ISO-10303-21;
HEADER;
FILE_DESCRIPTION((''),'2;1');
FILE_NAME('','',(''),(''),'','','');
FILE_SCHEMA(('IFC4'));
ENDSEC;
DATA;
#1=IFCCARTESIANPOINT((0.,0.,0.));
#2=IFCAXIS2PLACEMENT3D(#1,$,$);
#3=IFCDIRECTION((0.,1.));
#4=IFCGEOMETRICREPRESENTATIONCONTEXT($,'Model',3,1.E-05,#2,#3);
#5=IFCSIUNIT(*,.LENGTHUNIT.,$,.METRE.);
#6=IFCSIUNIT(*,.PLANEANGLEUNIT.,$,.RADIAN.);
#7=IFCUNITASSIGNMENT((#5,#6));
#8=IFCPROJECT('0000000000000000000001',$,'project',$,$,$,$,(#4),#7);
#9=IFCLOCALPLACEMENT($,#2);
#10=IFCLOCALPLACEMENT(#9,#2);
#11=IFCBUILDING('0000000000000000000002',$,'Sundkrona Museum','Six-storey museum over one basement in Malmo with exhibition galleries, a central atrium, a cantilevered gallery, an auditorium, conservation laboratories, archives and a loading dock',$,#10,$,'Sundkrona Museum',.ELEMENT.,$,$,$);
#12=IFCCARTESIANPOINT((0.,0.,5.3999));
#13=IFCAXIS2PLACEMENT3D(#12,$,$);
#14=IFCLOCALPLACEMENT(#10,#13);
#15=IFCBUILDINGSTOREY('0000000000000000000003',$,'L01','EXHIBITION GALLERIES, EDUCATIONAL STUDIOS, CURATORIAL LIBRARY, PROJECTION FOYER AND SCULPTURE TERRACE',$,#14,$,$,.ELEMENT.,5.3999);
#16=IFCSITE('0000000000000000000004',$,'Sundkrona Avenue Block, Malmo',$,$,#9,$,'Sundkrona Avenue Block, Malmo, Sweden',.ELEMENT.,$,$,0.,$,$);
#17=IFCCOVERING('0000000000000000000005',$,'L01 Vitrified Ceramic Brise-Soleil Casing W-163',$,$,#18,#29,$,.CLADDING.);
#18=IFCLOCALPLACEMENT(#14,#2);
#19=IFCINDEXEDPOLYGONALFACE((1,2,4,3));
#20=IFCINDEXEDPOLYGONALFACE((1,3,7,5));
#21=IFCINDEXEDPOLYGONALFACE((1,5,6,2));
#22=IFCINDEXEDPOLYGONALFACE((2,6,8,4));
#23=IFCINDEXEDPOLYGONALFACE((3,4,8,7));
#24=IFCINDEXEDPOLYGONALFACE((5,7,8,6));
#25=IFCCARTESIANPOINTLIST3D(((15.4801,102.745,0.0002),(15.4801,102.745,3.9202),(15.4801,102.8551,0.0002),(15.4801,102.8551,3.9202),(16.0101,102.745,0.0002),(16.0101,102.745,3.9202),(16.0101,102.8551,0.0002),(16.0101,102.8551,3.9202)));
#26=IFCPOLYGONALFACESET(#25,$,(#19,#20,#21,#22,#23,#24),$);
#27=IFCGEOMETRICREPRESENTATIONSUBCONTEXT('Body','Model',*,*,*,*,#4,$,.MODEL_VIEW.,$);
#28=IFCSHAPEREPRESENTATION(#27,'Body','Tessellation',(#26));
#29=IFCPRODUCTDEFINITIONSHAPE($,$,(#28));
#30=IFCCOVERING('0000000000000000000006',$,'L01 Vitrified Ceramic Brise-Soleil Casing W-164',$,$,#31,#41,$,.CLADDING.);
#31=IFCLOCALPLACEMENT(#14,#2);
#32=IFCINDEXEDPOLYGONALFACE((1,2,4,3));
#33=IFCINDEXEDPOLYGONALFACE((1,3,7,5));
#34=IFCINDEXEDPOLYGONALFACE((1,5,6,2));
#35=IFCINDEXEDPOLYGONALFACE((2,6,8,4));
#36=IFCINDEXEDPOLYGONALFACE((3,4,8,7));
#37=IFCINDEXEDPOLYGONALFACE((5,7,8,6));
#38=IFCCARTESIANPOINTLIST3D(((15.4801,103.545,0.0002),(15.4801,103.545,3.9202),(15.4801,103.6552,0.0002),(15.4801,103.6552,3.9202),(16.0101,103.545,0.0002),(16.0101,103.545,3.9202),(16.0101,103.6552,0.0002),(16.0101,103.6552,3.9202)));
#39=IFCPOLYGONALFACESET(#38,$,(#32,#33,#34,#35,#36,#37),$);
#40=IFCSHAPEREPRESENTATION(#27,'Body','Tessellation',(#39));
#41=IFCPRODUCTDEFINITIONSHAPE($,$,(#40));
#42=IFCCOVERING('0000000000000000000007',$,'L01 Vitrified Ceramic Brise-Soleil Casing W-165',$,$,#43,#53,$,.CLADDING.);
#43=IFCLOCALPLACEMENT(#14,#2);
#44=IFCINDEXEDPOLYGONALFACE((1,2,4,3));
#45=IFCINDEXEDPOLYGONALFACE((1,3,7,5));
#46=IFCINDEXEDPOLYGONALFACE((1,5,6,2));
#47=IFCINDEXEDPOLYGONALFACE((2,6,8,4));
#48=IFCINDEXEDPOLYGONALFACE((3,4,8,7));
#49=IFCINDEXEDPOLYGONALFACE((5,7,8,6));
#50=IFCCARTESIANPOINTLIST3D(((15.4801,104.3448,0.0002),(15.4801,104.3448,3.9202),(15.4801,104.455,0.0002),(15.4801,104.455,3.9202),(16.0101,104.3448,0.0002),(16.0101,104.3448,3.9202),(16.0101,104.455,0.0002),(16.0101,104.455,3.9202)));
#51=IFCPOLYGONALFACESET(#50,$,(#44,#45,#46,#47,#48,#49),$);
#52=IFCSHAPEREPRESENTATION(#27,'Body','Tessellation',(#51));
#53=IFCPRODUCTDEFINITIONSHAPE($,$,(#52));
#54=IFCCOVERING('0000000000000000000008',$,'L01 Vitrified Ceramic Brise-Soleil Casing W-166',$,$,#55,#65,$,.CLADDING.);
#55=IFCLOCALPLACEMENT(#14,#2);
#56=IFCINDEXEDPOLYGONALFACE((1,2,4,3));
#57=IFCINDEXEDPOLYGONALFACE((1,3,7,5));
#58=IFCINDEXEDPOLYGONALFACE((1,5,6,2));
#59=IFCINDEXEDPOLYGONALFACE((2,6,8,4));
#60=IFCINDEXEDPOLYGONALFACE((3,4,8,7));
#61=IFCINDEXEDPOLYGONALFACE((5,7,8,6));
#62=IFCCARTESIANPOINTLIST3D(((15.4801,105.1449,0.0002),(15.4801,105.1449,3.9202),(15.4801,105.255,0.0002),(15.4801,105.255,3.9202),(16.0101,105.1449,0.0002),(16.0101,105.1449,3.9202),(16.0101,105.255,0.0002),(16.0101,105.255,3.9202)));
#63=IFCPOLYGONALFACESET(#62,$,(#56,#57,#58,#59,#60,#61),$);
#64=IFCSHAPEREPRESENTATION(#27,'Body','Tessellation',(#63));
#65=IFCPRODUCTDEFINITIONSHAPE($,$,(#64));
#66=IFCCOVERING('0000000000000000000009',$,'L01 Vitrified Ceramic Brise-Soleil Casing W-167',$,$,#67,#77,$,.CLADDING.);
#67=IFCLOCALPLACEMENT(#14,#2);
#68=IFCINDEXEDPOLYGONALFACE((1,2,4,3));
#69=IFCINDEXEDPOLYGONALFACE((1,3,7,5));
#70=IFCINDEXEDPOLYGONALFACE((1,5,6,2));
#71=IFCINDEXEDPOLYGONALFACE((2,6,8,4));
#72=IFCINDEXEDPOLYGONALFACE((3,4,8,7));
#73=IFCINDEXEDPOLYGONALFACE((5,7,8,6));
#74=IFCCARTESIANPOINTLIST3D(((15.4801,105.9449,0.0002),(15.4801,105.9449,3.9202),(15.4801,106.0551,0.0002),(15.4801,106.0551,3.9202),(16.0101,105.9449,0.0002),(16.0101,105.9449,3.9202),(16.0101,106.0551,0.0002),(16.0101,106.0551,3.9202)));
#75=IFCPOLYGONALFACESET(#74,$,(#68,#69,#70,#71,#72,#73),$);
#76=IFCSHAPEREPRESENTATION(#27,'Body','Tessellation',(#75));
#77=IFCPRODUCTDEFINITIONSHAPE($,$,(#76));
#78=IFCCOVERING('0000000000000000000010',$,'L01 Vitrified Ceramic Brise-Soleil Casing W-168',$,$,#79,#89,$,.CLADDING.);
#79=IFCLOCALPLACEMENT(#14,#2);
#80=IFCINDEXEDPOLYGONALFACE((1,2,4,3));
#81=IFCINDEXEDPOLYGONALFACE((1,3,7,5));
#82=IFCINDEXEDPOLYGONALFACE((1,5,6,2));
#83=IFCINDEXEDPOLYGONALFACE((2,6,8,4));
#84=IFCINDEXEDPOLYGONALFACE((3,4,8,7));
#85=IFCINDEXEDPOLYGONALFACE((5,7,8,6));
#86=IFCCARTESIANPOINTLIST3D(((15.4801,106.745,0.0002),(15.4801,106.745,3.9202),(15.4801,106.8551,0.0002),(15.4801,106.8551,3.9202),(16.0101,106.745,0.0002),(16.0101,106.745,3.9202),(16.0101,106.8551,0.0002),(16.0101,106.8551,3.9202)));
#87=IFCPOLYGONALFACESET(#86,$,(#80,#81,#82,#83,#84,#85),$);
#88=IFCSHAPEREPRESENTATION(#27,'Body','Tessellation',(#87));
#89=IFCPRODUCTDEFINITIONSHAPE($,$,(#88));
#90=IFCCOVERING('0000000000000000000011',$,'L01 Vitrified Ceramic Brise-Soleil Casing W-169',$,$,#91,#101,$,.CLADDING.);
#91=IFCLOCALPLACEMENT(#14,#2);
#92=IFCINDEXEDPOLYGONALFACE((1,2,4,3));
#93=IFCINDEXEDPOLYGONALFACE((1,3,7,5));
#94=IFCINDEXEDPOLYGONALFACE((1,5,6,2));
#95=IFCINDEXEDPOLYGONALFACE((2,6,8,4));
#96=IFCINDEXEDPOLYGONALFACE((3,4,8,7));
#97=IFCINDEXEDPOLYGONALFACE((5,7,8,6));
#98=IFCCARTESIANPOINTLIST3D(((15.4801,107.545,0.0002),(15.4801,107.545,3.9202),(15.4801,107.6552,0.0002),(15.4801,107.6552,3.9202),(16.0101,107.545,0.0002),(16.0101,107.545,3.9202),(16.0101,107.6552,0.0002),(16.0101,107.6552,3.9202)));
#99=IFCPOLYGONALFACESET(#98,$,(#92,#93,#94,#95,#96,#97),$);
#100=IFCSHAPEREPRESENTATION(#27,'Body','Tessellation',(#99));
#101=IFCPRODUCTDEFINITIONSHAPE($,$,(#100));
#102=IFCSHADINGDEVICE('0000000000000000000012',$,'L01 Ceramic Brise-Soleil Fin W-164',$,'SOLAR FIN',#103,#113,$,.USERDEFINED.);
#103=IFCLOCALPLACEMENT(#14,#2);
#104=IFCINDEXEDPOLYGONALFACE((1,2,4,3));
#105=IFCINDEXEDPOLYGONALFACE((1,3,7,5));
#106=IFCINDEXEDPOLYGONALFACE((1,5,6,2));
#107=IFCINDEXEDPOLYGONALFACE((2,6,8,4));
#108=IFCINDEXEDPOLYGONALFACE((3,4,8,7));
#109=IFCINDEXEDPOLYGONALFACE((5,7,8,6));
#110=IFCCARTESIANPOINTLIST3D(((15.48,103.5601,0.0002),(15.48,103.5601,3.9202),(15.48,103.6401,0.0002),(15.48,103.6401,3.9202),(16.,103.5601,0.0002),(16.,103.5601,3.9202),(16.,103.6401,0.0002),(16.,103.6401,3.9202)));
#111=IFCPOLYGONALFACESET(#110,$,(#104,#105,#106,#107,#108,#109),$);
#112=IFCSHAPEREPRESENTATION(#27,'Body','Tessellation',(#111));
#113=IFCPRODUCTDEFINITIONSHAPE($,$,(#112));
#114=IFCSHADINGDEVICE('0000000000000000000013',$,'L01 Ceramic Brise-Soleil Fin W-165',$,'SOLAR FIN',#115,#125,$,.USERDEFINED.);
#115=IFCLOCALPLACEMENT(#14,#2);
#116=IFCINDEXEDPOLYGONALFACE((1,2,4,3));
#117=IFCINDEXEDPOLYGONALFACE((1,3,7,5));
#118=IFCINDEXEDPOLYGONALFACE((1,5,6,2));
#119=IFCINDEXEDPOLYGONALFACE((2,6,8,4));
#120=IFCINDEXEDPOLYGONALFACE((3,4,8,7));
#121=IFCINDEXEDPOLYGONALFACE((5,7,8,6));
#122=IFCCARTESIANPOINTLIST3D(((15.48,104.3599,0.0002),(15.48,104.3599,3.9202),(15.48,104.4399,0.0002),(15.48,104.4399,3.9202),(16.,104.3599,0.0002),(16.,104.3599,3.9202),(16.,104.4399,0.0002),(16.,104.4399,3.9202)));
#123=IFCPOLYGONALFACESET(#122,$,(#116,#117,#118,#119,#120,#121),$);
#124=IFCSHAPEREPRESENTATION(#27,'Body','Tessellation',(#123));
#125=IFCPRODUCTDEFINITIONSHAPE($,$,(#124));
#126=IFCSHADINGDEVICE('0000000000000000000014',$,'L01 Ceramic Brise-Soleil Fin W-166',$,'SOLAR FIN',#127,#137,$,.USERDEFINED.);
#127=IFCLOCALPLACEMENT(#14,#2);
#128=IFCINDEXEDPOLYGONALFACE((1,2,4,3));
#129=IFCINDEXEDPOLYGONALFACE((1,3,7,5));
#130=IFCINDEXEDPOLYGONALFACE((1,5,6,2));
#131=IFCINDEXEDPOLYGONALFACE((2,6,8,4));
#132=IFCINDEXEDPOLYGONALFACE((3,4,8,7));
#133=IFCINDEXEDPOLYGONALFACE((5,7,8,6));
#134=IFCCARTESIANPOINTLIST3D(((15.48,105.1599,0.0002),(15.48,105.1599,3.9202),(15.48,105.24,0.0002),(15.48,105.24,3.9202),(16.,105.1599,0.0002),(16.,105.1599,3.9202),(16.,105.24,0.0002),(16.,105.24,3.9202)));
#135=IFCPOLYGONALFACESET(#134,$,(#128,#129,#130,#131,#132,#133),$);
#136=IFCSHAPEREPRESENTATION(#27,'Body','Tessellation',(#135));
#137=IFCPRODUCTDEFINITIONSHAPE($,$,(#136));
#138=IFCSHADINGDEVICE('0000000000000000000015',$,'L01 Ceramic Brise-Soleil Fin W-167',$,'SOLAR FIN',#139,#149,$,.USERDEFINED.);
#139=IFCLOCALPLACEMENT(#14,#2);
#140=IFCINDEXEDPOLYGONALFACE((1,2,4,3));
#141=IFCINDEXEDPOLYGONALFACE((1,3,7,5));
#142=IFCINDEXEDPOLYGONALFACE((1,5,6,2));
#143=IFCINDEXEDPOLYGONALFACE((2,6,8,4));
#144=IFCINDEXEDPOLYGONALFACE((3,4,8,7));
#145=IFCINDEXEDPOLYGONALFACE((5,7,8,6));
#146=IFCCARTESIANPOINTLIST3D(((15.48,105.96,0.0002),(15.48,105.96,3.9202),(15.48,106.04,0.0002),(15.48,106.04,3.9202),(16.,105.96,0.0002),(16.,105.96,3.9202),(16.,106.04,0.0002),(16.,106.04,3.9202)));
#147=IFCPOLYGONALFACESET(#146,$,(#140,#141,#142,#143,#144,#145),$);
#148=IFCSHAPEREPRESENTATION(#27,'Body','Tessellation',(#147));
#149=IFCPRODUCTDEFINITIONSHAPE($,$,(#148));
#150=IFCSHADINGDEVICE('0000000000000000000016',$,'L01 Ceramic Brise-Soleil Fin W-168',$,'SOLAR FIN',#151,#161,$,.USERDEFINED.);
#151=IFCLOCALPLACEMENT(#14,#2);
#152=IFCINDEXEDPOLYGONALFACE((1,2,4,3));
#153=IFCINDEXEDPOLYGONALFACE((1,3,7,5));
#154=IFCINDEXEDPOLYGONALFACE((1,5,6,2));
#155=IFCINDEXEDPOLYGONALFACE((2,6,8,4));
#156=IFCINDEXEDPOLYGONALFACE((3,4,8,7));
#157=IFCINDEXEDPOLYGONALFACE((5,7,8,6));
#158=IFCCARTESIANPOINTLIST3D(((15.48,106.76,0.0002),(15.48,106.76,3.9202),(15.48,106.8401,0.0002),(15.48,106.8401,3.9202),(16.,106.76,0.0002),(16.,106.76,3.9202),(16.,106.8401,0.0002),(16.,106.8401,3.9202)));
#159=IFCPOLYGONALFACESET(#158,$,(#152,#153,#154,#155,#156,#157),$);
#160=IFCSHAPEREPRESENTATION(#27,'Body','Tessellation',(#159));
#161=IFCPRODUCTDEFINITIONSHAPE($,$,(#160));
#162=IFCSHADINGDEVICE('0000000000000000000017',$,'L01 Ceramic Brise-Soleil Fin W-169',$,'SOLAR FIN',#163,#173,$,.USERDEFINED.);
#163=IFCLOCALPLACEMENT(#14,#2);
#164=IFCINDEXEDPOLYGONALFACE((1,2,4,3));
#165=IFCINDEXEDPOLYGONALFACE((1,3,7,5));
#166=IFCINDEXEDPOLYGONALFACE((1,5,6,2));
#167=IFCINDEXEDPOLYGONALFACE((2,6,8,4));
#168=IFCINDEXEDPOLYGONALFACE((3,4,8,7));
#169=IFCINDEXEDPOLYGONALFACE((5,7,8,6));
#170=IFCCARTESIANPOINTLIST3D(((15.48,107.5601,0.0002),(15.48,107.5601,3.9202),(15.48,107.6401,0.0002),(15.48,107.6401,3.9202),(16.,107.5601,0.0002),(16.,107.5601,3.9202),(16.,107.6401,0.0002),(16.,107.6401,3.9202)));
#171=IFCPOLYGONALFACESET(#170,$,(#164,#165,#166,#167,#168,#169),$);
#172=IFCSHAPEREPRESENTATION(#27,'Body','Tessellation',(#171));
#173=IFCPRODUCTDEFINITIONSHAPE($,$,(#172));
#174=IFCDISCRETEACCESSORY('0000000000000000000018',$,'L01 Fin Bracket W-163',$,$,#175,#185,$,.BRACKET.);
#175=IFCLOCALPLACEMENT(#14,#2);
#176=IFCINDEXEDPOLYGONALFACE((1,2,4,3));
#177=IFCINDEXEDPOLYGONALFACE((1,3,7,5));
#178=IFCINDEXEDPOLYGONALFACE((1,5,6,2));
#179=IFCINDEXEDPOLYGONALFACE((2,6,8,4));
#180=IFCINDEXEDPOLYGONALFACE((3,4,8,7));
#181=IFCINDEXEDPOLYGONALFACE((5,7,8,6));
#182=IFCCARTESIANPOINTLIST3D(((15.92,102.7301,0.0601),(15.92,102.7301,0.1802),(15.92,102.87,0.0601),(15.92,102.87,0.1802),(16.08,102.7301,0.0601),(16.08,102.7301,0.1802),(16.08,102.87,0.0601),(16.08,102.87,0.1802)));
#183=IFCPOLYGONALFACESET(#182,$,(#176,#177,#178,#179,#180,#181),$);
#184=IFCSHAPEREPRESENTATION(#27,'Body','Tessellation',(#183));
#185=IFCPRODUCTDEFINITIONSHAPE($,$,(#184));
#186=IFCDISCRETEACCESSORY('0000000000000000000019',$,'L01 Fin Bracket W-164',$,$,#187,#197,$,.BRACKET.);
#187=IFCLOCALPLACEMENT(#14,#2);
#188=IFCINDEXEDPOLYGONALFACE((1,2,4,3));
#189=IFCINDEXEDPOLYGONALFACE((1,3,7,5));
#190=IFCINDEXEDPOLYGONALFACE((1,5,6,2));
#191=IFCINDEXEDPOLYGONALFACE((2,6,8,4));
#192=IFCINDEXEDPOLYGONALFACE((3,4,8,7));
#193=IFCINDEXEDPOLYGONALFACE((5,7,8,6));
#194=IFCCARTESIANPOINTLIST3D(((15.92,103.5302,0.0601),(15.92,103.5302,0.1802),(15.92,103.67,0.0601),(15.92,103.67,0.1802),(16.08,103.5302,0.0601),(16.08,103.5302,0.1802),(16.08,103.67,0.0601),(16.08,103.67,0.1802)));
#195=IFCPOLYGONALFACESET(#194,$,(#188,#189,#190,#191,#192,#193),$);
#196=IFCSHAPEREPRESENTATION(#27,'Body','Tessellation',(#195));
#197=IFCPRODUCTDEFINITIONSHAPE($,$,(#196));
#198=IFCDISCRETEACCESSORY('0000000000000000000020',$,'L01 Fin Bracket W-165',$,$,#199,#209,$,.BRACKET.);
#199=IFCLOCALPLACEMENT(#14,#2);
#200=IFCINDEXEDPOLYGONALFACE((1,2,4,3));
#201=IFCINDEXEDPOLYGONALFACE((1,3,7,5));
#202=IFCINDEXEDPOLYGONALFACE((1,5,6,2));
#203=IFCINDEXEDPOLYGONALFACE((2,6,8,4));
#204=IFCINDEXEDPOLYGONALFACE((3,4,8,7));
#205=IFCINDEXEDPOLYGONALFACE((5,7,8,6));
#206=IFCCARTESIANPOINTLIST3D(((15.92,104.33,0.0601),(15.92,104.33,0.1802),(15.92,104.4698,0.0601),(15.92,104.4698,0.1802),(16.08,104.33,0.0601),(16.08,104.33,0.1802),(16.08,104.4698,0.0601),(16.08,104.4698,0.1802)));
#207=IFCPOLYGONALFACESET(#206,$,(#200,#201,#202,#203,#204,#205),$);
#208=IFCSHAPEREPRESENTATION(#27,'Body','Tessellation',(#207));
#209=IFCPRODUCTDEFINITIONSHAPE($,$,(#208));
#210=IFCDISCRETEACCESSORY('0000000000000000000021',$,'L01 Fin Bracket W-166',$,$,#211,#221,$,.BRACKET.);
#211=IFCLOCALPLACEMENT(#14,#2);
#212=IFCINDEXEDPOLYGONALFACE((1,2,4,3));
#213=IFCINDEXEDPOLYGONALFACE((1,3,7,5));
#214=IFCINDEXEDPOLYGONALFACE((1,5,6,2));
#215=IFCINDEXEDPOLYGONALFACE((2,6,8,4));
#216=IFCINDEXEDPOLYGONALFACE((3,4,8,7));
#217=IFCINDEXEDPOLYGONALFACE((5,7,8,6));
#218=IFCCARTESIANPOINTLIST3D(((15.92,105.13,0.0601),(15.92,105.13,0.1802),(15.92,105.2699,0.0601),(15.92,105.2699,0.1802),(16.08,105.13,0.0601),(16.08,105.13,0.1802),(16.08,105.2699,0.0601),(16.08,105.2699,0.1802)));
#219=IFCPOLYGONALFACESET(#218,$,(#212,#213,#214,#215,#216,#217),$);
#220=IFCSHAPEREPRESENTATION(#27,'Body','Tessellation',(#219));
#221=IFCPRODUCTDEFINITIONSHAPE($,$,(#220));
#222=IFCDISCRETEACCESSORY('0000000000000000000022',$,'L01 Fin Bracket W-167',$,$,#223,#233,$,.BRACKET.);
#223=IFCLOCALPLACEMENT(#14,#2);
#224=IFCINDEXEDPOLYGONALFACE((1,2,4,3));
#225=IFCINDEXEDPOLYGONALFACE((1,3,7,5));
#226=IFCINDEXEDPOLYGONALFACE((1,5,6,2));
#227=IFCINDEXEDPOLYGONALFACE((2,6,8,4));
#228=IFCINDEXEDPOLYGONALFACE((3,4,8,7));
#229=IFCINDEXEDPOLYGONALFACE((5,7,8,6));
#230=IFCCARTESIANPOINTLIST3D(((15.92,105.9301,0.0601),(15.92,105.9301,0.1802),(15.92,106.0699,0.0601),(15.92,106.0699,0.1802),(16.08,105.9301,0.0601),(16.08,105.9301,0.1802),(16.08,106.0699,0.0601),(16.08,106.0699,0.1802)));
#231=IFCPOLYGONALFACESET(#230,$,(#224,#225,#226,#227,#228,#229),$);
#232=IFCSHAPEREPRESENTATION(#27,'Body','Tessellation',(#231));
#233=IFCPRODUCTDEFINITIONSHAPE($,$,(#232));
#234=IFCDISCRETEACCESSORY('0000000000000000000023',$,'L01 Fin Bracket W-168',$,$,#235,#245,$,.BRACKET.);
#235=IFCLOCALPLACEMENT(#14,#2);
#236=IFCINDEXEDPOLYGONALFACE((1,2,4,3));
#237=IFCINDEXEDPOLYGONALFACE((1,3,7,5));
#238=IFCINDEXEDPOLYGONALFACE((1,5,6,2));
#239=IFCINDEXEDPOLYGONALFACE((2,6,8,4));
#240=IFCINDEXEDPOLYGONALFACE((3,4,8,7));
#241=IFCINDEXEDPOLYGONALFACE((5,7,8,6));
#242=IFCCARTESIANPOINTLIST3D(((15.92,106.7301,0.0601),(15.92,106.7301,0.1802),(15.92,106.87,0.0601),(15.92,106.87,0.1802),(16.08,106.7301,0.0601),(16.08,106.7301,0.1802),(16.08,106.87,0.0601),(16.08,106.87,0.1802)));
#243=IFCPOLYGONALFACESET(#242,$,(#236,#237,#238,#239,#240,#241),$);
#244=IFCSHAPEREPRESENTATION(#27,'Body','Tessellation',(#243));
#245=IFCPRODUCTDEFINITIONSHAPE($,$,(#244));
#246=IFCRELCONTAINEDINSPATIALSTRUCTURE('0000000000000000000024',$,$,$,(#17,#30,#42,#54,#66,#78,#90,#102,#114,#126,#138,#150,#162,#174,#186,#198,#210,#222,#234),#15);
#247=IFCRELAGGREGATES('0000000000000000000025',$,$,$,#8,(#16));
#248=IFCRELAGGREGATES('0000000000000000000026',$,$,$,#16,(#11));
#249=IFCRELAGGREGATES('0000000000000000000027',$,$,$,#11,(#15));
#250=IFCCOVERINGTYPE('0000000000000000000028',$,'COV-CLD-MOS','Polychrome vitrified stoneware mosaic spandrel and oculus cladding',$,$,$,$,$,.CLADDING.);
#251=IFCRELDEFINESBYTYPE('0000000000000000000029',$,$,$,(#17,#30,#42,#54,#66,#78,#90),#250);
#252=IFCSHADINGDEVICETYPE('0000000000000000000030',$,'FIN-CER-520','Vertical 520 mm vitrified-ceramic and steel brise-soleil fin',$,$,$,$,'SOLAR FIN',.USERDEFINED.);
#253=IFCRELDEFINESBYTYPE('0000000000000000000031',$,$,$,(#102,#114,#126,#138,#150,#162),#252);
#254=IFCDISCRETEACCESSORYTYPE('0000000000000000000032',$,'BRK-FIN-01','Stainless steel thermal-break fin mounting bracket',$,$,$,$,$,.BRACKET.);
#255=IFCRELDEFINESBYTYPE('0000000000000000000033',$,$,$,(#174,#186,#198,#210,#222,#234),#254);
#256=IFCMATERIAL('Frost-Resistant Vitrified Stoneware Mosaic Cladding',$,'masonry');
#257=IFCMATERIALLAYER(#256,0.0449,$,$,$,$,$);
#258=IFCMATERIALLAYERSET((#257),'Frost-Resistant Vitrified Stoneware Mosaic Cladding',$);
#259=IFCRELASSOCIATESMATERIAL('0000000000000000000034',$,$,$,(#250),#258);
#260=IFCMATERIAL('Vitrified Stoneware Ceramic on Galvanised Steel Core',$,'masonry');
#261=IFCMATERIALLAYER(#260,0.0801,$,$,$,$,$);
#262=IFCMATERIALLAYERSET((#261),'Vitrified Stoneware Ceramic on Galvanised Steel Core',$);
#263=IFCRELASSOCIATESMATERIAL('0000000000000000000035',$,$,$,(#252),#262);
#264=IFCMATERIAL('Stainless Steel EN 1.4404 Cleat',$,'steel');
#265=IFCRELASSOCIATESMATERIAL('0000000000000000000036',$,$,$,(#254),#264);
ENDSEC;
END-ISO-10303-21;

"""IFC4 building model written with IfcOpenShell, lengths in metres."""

from ifc_helpers import new_model, si_unit, direction, frame, origin, origin_2d, place, context, subcontext, project, spatial, rectangle, extrude, material, layer, layer_set, type_object, element, save


model = new_model("IFC4")

# Units and contexts
model_context = context("Model", 3, precision=1e-05, world=origin(), true_north=direction((0.0, 1.0)))
body_context = subcontext(model_context, "Body", "Model", "MODEL_VIEW")
ifc_project = project(units=[si_unit("LENGTHUNIT", "METRE"), si_unit("PLANEANGLEUNIT", "RADIAN")], contexts=[model_context])

# Site, building, storey
site_placement = place(None, origin())
site = spatial("IfcSite", under=ifc_project, at=site_placement, Name="Sundkrona Avenue Block, Malmo", LongName="Sundkrona Avenue Block, Malmo, Sweden", CompositionType="ELEMENT", RefElevation=0.0)
building_placement = place(site_placement, origin())
building = spatial("IfcBuilding", under=site, at=building_placement, Name="Sundkrona Museum", Description="Six-storey museum over one basement in Malmo with exhibition galleries, a central atrium, a cantilevered gallery, an auditorium, conservation laboratories, archives and a loading dock", LongName="Sundkrona Museum", CompositionType="ELEMENT")
storey_placement = place(building_placement, frame((0.0, 0.0, 5.3999)))
storey = spatial("IfcBuildingStorey", under=building, at=storey_placement, Name="L01", Description="EXHIBITION GALLERIES, EDUCATIONAL STUDIOS, CURATORIAL LIBRARY, PROJECTION FOYER AND SCULPTURE TERRACE", CompositionType="ELEMENT", Elevation=5.3999)

# Coverings
ifc_material_1 = material(Name="Frost-Resistant Vitrified Stoneware Mosaic Cladding", Category="masonry")
ifc_layer_1 = layer(ifc_material_1, 0.0449)
ifc_layer_set_1 = layer_set([ifc_layer_1], Name="Frost-Resistant Vitrified Stoneware Mosaic Cladding")
covering_type = type_object("IfcCoveringType", Name="COV-CLD-MOS", Description="Polychrome vitrified stoneware mosaic spandrel and oculus cladding", PredefinedType="CLADDING", material=ifc_layer_set_1)
for number, where, z_axis, x_axis, name in (
    (1, (15.7451, 102.8, 0.0002), (0.0, 0.0, 1.0), (1.0, 0.0, 0.0), "L01 Vitrified Ceramic Brise-Soleil Casing W-163"),
    (2, (15.7451, 103.6001, 0.0002), (0.0, 0.0, 1.0), (1.0, 0.0, 0.0), "L01 Vitrified Ceramic Brise-Soleil Casing W-164"),
    (3, (15.7451, 104.3999, 0.0002), (0.0, 0.0, 1.0), (1.0, 0.0, 0.0), "L01 Vitrified Ceramic Brise-Soleil Casing W-165"),
    (4, (15.7451, 105.2, 0.0002), (0.0, 0.0, 1.0), (1.0, 0.0, 0.0), "L01 Vitrified Ceramic Brise-Soleil Casing W-166"),
    (5, (15.7451, 106.0, 0.0002), (0.0, 0.0, 1.0), (1.0, 0.0, 0.0), "L01 Vitrified Ceramic Brise-Soleil Casing W-167"),
    (6, (15.7451, 106.8, 0.0002), (0.0, 0.0, 1.0), (1.0, 0.0, 0.0), "L01 Vitrified Ceramic Brise-Soleil Casing W-168"),
    (7, (15.7451, 107.6001, 0.0002), (0.0, 0.0, 1.0), (1.0, 0.0, 0.0), "L01 Vitrified Ceramic Brise-Soleil Casing W-169"),
):
    element("IfcCovering", number, at=place(storey_placement, frame(where, z_axis=z_axis, x_axis=x_axis)), inside=storey, type_object=covering_type, Name=name, PredefinedType="CLADDING", context=body_context, shape_type="SweptSolid", body=[
        extrude(rectangle(XDim=0.53, YDim=0.1101, at=origin_2d()), origin(), (0.0, 0.0, 1.0), 3.9199),
    ])

# Shading devices
ifc_material_2 = material(Name="Vitrified Stoneware Ceramic on Galvanised Steel Core", Category="masonry")
ifc_layer_2 = layer(ifc_material_2, 0.0801)
ifc_layer_set_2 = layer_set([ifc_layer_2], Name="Vitrified Stoneware Ceramic on Galvanised Steel Core")
shading_device_type = type_object("IfcShadingDeviceType", Name="FIN-CER-520", Description="Vertical 520 mm vitrified-ceramic and steel brise-soleil fin", ElementType="SOLAR FIN", PredefinedType="USERDEFINED", material=ifc_layer_set_2)
for number, where, z_axis, x_axis, name in (
    (8, (15.74, 103.6001, 0.0002), (0.0, 0.0, 1.0), (1.0, 0.0, 0.0), "L01 Ceramic Brise-Soleil Fin W-164"),
    (9, (15.74, 104.3999, 0.0002), (0.0, 0.0, 1.0), (1.0, 0.0, 0.0), "L01 Ceramic Brise-Soleil Fin W-165"),
    (10, (15.74, 105.2, 0.0002), (0.0, 0.0, 1.0), (1.0, 0.0, 0.0), "L01 Ceramic Brise-Soleil Fin W-166"),
    (11, (15.74, 106.0, 0.0002), (0.0, 0.0, 1.0), (1.0, 0.0, 0.0), "L01 Ceramic Brise-Soleil Fin W-167"),
    (12, (15.74, 106.8, 0.0002), (0.0, 0.0, 1.0), (1.0, 0.0, 0.0), "L01 Ceramic Brise-Soleil Fin W-168"),
    (13, (15.74, 107.6001, 0.0002), (0.0, 0.0, 1.0), (1.0, 0.0, 0.0), "L01 Ceramic Brise-Soleil Fin W-169"),
):
    element("IfcShadingDevice", number, at=place(storey_placement, frame(where, z_axis=z_axis, x_axis=x_axis)), inside=storey, type_object=shading_device_type, Name=name, ObjectType="SOLAR FIN", PredefinedType="USERDEFINED", context=body_context, shape_type="SweptSolid", body=[
        extrude(rectangle(XDim=0.52, YDim=0.0801, at=origin_2d()), origin(), (0.0, 0.0, 1.0), 3.9199),
    ])

# Discrete accessories
ifc_material_3 = material(Name="Stainless Steel EN 1.4404 Cleat", Category="steel")
discrete_accessory_type = type_object("IfcDiscreteAccessoryType", Name="BRK-FIN-01", Description="Stainless steel thermal-break fin mounting bracket", PredefinedType="BRACKET", material=ifc_material_3)
for number, where, z_axis, x_axis, name in (
    (14, (16.0, 102.8, 0.0601), (0.0, 0.0, 1.0), (1.0, 0.0, 0.0), "L01 Fin Bracket W-163"),
    (15, (16.0, 103.6001, 0.0601), (0.0, 0.0, 1.0), (1.0, 0.0, 0.0), "L01 Fin Bracket W-164"),
    (16, (16.0, 104.3999, 0.0601), (0.0, 0.0, 1.0), (1.0, 0.0, 0.0), "L01 Fin Bracket W-165"),
    (17, (16.0, 105.2, 0.0601), (0.0, 0.0, 1.0), (1.0, 0.0, 0.0), "L01 Fin Bracket W-166"),
    (18, (16.0, 106.0, 0.0601), (0.0, 0.0, 1.0), (1.0, 0.0, 0.0), "L01 Fin Bracket W-167"),
    (19, (16.0, 106.8, 0.0601), (0.0, 0.0, 1.0), (1.0, 0.0, 0.0), "L01 Fin Bracket W-168"),
):
    element("IfcDiscreteAccessory", number, at=place(storey_placement, frame(where, z_axis=z_axis, x_axis=x_axis)), inside=storey, type_object=discrete_accessory_type, Name=name, PredefinedType="BRACKET", context=body_context, shape_type="SweptSolid", body=[
        extrude(rectangle(XDim=0.1599, YDim=0.1399, at=origin_2d()), origin(), (0.0, 0.0, 1.0), 0.1201),
    ])

save(model, "model.ifc")
